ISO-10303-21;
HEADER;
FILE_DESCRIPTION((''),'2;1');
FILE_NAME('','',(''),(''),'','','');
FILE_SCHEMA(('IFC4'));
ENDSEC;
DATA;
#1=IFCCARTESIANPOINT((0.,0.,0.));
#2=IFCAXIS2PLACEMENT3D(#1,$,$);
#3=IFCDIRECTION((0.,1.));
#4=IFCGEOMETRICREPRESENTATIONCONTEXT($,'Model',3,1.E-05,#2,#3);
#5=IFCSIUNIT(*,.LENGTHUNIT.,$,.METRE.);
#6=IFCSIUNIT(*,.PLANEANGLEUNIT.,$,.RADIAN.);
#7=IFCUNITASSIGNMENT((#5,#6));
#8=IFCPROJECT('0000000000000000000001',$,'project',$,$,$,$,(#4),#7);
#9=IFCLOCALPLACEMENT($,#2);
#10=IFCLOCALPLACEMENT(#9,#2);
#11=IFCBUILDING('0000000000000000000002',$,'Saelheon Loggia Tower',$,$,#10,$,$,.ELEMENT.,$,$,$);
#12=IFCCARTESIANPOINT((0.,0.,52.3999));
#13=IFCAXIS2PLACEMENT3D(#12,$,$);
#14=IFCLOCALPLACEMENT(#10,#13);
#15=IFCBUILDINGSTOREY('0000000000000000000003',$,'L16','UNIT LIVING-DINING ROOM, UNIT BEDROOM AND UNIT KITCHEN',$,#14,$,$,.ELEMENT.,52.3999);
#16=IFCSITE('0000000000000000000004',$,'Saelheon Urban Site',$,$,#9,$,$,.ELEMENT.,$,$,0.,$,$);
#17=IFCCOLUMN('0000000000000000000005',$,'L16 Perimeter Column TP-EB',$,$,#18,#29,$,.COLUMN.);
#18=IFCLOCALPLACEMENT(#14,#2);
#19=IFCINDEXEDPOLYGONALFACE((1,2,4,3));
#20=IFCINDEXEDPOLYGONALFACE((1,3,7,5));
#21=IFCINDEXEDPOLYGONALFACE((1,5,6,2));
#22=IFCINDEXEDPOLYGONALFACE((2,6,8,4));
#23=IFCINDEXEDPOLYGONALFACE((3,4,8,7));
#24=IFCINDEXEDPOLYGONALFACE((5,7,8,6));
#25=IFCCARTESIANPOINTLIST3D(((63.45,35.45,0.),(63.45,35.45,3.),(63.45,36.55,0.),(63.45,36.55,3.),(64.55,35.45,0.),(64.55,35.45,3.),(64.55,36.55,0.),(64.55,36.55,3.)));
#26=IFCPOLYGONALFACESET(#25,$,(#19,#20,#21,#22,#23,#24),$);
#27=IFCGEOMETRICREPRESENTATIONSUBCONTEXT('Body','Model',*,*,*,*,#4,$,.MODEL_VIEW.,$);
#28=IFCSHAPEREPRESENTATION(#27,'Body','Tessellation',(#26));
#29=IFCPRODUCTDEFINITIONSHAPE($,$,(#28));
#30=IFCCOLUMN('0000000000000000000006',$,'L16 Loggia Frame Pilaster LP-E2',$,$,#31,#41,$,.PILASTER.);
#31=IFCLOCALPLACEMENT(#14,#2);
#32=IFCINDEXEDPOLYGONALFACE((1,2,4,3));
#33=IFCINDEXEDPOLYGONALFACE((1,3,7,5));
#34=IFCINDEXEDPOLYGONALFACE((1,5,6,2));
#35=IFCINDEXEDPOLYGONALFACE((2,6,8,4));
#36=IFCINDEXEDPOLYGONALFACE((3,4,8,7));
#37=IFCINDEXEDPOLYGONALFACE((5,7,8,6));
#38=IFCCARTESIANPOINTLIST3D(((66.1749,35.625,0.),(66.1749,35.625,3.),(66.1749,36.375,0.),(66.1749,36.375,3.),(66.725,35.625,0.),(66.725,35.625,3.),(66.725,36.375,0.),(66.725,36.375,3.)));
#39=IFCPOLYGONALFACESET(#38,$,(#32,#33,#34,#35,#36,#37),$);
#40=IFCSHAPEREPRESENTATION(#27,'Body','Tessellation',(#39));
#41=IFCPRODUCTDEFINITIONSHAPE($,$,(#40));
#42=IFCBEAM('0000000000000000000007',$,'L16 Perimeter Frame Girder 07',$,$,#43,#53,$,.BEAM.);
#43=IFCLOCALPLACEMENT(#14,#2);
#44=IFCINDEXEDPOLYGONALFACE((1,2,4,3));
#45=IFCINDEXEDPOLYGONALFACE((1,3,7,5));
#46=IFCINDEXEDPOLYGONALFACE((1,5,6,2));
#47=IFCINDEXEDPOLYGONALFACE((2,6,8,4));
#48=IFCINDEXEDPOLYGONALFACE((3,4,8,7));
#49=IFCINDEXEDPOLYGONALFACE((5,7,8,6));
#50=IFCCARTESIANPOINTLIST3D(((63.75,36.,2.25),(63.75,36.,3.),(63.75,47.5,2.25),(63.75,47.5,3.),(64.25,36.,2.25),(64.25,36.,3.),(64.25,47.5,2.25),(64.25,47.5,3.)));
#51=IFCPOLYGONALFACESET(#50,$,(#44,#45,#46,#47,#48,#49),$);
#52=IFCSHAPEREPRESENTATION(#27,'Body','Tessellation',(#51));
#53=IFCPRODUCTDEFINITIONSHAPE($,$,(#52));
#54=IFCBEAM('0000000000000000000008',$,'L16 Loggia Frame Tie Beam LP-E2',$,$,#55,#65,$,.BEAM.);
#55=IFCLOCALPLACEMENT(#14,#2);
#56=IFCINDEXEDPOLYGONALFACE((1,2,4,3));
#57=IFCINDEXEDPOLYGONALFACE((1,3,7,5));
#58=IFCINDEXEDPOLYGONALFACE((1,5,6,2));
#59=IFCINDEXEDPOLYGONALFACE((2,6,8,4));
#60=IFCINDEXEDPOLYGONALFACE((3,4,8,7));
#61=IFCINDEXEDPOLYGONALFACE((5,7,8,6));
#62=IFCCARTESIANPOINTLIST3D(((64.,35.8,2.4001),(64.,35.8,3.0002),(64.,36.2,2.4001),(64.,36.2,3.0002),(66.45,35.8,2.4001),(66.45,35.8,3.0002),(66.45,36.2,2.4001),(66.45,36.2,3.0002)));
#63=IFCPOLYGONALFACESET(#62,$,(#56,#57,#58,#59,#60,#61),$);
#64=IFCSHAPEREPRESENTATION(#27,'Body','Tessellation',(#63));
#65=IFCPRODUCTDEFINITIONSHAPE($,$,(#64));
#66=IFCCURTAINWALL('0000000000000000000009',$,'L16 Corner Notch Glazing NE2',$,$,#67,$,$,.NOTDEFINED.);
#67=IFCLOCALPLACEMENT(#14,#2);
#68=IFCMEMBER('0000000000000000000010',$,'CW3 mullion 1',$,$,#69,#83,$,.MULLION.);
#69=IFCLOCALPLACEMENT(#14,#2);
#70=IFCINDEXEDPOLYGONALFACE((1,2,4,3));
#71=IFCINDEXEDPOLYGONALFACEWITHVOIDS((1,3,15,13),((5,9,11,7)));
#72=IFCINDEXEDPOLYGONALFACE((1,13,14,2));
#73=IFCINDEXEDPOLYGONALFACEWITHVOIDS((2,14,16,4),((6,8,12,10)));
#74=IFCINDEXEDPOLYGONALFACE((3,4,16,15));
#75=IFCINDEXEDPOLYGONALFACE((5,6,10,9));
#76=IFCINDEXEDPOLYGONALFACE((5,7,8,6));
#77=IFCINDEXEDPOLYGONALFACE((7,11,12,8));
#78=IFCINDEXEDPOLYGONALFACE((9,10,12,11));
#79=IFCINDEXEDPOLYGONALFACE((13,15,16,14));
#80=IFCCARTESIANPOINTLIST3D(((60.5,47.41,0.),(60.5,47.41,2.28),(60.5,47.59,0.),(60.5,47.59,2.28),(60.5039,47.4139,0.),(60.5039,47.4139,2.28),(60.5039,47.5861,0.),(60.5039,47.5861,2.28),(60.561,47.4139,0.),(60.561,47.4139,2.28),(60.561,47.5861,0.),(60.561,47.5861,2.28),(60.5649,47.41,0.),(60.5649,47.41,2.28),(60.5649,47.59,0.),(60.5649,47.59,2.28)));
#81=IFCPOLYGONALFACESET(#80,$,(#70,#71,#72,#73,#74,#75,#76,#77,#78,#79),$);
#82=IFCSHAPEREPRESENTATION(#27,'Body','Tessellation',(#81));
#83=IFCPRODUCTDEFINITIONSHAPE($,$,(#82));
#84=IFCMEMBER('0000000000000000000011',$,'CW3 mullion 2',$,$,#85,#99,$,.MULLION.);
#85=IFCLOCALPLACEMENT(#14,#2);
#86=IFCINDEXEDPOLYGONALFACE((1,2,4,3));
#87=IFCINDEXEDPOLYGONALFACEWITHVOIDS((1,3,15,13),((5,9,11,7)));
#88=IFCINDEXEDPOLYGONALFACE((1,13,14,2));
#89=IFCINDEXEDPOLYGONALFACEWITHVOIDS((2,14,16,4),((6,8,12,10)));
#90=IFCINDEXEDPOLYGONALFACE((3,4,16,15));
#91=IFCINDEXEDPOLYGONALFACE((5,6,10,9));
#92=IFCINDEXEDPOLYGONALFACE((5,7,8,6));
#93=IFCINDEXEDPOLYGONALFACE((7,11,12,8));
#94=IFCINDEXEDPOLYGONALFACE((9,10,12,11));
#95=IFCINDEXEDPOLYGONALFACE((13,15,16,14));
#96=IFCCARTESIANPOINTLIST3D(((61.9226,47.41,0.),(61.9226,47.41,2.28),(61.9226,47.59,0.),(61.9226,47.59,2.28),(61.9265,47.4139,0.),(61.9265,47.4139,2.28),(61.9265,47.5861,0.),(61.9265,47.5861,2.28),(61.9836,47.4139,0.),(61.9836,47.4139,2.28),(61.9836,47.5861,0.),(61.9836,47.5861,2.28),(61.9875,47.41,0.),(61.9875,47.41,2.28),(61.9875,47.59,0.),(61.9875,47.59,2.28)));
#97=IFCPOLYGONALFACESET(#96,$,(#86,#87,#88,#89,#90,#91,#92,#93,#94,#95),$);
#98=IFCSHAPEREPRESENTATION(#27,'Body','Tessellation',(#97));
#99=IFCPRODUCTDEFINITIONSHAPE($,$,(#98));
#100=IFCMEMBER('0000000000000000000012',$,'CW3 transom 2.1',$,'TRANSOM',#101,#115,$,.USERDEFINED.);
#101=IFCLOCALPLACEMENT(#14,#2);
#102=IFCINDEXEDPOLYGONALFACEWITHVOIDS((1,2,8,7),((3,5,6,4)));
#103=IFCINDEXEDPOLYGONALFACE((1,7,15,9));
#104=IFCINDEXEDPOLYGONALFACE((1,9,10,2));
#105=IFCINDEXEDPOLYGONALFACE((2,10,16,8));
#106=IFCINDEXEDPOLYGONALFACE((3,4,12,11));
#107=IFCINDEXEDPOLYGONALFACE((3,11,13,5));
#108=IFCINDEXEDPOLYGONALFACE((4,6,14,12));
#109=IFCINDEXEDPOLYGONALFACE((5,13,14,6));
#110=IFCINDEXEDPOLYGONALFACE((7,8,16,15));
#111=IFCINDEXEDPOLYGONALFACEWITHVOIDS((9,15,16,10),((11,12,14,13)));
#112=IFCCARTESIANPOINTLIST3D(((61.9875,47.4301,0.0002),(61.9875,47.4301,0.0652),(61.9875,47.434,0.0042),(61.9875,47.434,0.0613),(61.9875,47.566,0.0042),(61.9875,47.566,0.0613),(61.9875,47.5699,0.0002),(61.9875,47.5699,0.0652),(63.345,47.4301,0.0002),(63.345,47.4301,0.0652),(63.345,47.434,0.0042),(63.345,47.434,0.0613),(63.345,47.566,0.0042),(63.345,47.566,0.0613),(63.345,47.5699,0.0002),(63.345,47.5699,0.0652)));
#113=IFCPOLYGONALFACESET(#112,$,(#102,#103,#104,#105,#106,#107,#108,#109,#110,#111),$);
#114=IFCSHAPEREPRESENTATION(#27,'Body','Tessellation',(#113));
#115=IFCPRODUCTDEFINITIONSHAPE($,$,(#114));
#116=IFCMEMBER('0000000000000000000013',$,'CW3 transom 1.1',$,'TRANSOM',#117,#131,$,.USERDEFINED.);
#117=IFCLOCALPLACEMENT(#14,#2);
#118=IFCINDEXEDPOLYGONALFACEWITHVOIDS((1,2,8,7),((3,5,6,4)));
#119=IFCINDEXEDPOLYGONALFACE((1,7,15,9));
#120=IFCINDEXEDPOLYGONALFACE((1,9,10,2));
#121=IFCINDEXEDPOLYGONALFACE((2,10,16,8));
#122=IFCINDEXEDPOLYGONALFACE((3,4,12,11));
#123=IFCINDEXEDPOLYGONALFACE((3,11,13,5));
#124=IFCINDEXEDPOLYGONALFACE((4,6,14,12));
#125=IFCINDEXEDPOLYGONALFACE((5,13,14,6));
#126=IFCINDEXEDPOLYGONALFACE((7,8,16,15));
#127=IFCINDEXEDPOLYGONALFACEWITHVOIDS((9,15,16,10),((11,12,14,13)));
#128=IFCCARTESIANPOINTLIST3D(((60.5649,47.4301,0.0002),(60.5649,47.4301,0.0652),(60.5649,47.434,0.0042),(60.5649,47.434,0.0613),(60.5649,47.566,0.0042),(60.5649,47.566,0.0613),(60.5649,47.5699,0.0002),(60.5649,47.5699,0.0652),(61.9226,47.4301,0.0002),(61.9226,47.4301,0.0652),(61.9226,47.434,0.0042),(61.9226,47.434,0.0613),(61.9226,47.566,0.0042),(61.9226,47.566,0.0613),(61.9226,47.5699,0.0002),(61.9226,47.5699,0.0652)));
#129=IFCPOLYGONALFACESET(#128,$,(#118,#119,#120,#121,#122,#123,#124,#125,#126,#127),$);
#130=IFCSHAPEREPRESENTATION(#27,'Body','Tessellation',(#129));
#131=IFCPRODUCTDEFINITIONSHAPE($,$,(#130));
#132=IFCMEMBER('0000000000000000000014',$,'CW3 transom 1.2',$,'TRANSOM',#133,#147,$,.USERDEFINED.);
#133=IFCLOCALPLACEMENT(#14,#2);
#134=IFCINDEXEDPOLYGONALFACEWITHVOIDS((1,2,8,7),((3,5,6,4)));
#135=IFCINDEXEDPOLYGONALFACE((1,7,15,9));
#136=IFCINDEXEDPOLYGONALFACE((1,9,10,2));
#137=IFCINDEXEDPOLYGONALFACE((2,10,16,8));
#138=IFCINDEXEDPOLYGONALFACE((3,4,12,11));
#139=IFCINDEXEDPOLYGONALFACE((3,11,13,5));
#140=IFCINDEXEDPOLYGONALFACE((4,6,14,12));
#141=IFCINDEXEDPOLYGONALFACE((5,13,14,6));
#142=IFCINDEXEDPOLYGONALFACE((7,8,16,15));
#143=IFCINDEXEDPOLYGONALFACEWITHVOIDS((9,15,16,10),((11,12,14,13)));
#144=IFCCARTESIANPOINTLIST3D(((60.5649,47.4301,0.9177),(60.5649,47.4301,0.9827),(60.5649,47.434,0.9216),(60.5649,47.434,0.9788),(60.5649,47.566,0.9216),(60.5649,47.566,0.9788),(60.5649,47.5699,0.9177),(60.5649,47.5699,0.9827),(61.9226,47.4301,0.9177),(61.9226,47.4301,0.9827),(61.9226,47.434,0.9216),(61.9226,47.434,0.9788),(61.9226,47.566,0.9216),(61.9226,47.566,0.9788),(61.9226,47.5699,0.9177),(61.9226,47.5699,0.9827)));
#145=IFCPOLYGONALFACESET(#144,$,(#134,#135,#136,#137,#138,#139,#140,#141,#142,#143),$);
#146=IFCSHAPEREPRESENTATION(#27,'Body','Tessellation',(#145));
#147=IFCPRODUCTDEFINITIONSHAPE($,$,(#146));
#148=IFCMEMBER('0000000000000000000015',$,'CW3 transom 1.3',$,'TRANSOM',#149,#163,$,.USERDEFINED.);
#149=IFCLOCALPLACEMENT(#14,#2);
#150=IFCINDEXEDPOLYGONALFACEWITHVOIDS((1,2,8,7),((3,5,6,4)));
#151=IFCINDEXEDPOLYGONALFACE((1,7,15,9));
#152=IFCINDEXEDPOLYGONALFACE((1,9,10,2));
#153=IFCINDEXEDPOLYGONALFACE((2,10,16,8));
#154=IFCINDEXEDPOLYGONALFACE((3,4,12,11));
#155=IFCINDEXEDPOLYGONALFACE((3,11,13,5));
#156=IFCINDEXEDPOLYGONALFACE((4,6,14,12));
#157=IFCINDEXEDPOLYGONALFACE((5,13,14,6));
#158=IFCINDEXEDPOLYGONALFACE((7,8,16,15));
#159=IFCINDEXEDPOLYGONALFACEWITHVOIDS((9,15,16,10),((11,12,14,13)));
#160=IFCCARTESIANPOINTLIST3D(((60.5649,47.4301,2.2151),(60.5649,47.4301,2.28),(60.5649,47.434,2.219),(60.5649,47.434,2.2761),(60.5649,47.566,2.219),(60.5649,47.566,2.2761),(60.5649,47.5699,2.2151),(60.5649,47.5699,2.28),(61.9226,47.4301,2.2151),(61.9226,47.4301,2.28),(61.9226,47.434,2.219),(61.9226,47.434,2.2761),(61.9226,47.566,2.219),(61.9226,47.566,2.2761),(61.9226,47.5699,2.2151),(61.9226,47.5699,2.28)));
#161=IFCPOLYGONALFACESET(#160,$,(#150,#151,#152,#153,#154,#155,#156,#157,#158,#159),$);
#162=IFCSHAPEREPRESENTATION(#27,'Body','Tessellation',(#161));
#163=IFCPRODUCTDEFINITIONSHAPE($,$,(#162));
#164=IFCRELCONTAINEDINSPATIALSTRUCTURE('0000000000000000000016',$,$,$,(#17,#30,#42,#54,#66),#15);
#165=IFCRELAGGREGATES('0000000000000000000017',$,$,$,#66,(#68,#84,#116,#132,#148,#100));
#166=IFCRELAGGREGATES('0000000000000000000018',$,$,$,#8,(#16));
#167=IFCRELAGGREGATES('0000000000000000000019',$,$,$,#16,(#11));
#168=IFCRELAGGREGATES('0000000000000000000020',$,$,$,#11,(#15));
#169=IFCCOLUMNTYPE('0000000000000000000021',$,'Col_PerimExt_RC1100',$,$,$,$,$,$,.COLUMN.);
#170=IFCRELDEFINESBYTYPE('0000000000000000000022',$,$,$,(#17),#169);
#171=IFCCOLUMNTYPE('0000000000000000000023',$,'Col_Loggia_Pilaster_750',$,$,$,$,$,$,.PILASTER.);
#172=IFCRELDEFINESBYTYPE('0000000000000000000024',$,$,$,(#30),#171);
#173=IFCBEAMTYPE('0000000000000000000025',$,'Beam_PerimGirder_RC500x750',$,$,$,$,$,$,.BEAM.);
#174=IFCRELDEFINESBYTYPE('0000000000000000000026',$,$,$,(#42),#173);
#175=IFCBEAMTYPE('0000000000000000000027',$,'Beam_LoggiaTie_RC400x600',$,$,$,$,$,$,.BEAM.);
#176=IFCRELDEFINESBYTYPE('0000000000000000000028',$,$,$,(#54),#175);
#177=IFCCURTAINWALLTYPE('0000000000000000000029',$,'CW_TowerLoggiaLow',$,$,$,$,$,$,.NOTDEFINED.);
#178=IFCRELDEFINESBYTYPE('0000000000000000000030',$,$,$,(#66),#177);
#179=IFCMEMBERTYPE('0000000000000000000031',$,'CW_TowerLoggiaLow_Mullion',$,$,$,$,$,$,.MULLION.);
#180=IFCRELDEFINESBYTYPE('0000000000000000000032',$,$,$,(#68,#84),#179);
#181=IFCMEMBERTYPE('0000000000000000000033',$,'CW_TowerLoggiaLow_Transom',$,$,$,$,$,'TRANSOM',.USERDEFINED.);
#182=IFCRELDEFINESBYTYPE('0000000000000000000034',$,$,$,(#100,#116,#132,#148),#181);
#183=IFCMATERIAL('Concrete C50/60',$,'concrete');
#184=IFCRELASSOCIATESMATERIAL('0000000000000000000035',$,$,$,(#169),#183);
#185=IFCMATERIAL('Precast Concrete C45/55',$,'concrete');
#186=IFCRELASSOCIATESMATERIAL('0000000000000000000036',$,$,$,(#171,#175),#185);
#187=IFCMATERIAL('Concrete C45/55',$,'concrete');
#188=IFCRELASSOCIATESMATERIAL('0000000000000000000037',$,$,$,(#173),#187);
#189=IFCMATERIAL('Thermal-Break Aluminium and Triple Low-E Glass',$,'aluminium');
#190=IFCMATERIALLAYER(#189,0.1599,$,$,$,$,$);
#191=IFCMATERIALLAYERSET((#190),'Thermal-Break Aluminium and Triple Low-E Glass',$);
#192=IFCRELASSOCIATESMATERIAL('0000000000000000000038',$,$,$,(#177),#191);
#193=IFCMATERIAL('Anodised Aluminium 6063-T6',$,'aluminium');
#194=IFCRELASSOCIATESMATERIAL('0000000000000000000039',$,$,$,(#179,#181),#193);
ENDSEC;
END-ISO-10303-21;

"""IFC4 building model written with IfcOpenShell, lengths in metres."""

from ifc_helpers import new_model, si_unit, direction, frame, origin, origin_2d, place, context, subcontext, project, spatial, rectangle, hollow_rectangle, extrude, source, transform, mapped, material, layer, layer_set, material_profile, profile_set, type_object, element, aggregate, save


model = new_model("IFC4")

# Units and contexts
model_context = context("Model", 3, precision=1e-05, world=origin(), true_north=direction((0.0, 1.0)))
body_context = subcontext(model_context, "Body", "Model", "MODEL_VIEW")
ifc_project = project(units=[si_unit("LENGTHUNIT", "METRE"), si_unit("PLANEANGLEUNIT", "RADIAN")], contexts=[model_context])

# Site, building, storey
site_placement = place(None, origin())
site = spatial("IfcSite", under=ifc_project, at=site_placement, Name="Saelheon Urban Site", CompositionType="ELEMENT", RefElevation=0.0)
building_placement = place(site_placement, origin())
building = spatial("IfcBuilding", under=site, at=building_placement, Name="Saelheon Loggia Tower", CompositionType="ELEMENT")
storey_placement = place(building_placement, frame((0.0, 0.0, 52.3999)))
storey = spatial("IfcBuildingStorey", under=building, at=storey_placement, Name="L16", Description="UNIT LIVING-DINING ROOM, UNIT BEDROOM AND UNIT KITCHEN", CompositionType="ELEMENT", Elevation=52.3999)

# Columns
ifc_material_1 = material(Name="Concrete C50/60", Category="concrete")
ifc_material_profile_1 = material_profile(ifc_material_1, rectangle(XDim=1.1001, YDim=1.1001, at=origin_2d()), Name="RC-1100x1100")
ifc_profile_set_1 = profile_set([ifc_material_profile_1], Name="Concrete C50/60")
column_type_1 = type_object("IfcColumnType", Name="Col_PerimExt_RC1100", PredefinedType="COLUMN", material=ifc_profile_set_1)
shared_shape_1 = source(origin(), body_context, "Body", "SweptSolid", [
    extrude(rectangle(XDim=1.1001, YDim=1.1001, at=origin_2d()), origin(), (0.0, 0.0, 1.0), 3.0),
])
column_1_placement = place(storey_placement, frame((64.0, 36.0, 0.0), z_axis=(0.0, 0.0, 1.0), x_axis=(1.0, 0.0, 0.0)))
element("IfcColumn", 1, at=column_1_placement, inside=storey, type_object=column_type_1, Name="L16 Perimeter Column TP-EB", PredefinedType="COLUMN", context=body_context, shape_type="MappedRepresentation", body=[
    mapped(shared_shape_1, transform((0.0, 0.0, 0.0), scale=1.0)),
])
ifc_material_2 = material(Name="Precast Concrete C45/55", Category="concrete")
ifc_material_profile_2 = material_profile(ifc_material_2, rectangle(XDim=0.55, YDim=0.75, at=origin_2d()), Name="RC-550x750")
ifc_profile_set_2 = profile_set([ifc_material_profile_2], Name="Precast Concrete C45/55")
column_type_2 = type_object("IfcColumnType", Name="Col_Loggia_Pilaster_750", PredefinedType="PILASTER", material=ifc_profile_set_2)
shared_shape_2 = source(origin(), body_context, "Body", "SweptSolid", [
    extrude(rectangle(XDim=0.55, YDim=0.75, at=origin_2d()), origin(), (0.0, 0.0, 1.0), 3.0),
])
column_2_placement = place(storey_placement, frame((66.45, 36.0, 0.0), z_axis=(0.0, 0.0, 1.0), x_axis=(1.0, 0.0, 0.0)))
element("IfcColumn", 2, at=column_2_placement, inside=storey, type_object=column_type_2, Name="L16 Loggia Frame Pilaster LP-E2", PredefinedType="PILASTER", context=body_context, shape_type="MappedRepresentation", body=[
    mapped(shared_shape_2, transform((0.0, 0.0, 0.0), scale=1.0)),
])

# Beams
ifc_material_3 = material(Name="Concrete C45/55", Category="concrete")
ifc_material_profile_3 = material_profile(ifc_material_3, rectangle(XDim=0.5, YDim=0.75, at=origin_2d()), Name="RC-500x750")
ifc_profile_set_3 = profile_set([ifc_material_profile_3], Name="Concrete C45/55")
beam_type_1 = type_object("IfcBeamType", Name="Beam_PerimGirder_RC500x750", PredefinedType="BEAM", material=ifc_profile_set_3)
shared_shape_3 = source(origin(), body_context, "Body", "SweptSolid", [
    extrude(rectangle(XDim=0.5, YDim=0.75, at=origin_2d()), origin(), (0.0, 0.0, 1.0), 11.5),
])
beam_1_placement = place(storey_placement, frame((64.0, 36.0, 2.625), z_axis=(0.0, 1.0, 0.0), x_axis=(-1.0, 0.0, 0.0)))
element("IfcBeam", 3, at=beam_1_placement, inside=storey, type_object=beam_type_1, Name="L16 Perimeter Frame Girder 07", PredefinedType="BEAM", context=body_context, shape_type="MappedRepresentation", body=[
    mapped(shared_shape_3, transform((0.0, 0.0, 0.0), scale=1.0)),
])
ifc_material_profile_4 = material_profile(ifc_material_2, rectangle(XDim=0.3999, YDim=0.6001, at=origin_2d()), Name="RC-400x600")
ifc_profile_set_4 = profile_set([ifc_material_profile_4], Name="Precast Concrete C45/55")
beam_type_2 = type_object("IfcBeamType", Name="Beam_LoggiaTie_RC400x600", PredefinedType="BEAM", material=ifc_profile_set_4)
shared_shape_4 = source(origin(), body_context, "Body", "SweptSolid", [
    extrude(rectangle(XDim=0.3999, YDim=0.6001, at=origin_2d()), origin(), (0.0, 0.0, 1.0), 2.45),
])
beam_2_placement = place(storey_placement, frame((64.0, 36.0, 2.7002), z_axis=(1.0, 0.0, 0.0), x_axis=(0.0, 1.0, 0.0)))
element("IfcBeam", 4, at=beam_2_placement, inside=storey, type_object=beam_type_2, Name="L16 Loggia Frame Tie Beam LP-E2", PredefinedType="BEAM", context=body_context, shape_type="MappedRepresentation", body=[
    mapped(shared_shape_4, transform((0.0, 0.0, 0.0), scale=1.0)),
])

# Curtain wall, members
ifc_material_4 = material(Name="Thermal-Break Aluminium and Triple Low-E Glass", Category="aluminium")
ifc_layer_1 = layer(ifc_material_4, 0.1599)
ifc_layer_set_1 = layer_set([ifc_layer_1], Name="Thermal-Break Aluminium and Triple Low-E Glass")
curtain_wall_type = type_object("IfcCurtainWallType", Name="CW_TowerLoggiaLow", PredefinedType="NOTDEFINED", material=ifc_layer_set_1)
curtain_wall_placement = place(storey_placement, origin())
curtain_wall = element("IfcCurtainWall", 5, at=curtain_wall_placement, inside=storey, type_object=curtain_wall_type, Name="L16 Corner Notch Glazing NE2", PredefinedType="NOTDEFINED")
ifc_material_5 = material(Name="Anodised Aluminium 6063-T6", Category="aluminium")
ifc_material_profile_5 = material_profile(ifc_material_5, hollow_rectangle(XDim=0.0649, YDim=0.1799, WallThickness=0.0039, at=origin_2d()), Name="RHS-180x65x4")
ifc_profile_set_5 = profile_set([ifc_material_profile_5], Name="Anodised Aluminium 6063-T6")
member_type_1 = type_object("IfcMemberType", Name="CW_TowerLoggiaLow_Mullion", PredefinedType="MULLION", material=ifc_profile_set_5)
shared_shape_5 = source(origin(), body_context, "Body", "SweptSolid", [
    extrude(hollow_rectangle(XDim=0.0649, YDim=0.1799, WallThickness=0.0039, at=origin_2d()), origin(), (0.0, 0.0, 1.0), 2.28),
])
member_1_placement = place(storey_placement, frame((60.5325, 47.5, 0.0), z_axis=(0.0, 0.0, 1.0), x_axis=(1.0, 0.0, 0.0)))
member_1 = element("IfcMember", 6, at=member_1_placement, type_object=member_type_1, Name="CW3 mullion 1", PredefinedType="MULLION", context=body_context, shape_type="MappedRepresentation", body=[
    mapped(shared_shape_5, transform((0.0, 0.0, 0.0), scale=1.0)),
])
member_2_placement = place(storey_placement, frame((61.9551, 47.5, 0.0), z_axis=(0.0, 0.0, 1.0), x_axis=(1.0, 0.0, 0.0)))
member_2 = element("IfcMember", 7, at=member_2_placement, type_object=member_type_1, Name="CW3 mullion 2", PredefinedType="MULLION", context=body_context, shape_type="MappedRepresentation", body=[
    mapped(shared_shape_5, transform((0.0, 0.0, 0.0), scale=1.0)),
])
ifc_material_profile_6 = material_profile(ifc_material_5, hollow_rectangle(XDim=0.0649, YDim=0.1399, WallThickness=0.0039, at=origin_2d()), Name="RHS-140x65x4")
ifc_profile_set_6 = profile_set([ifc_material_profile_6], Name="Anodised Aluminium 6063-T6")
member_type_2 = type_object("IfcMemberType", Name="CW_TowerLoggiaLow_Transom", ElementType="TRANSOM", PredefinedType="USERDEFINED", material=ifc_profile_set_6)
shared_shape_6 = source(origin(), body_context, "Body", "SweptSolid", [
    extrude(hollow_rectangle(XDim=0.0649, YDim=0.1399, WallThickness=0.0039, at=origin_2d()), origin(), (0.0, 0.0, 1.0), 1.3574),
])
member_3_placement = place(storey_placement, frame((61.9875, 47.5, 0.0327), z_axis=(1.0, 0.0, 0.0), x_axis=(0.0, 0.0, 1.0)))
member_3 = element("IfcMember", 8, at=member_3_placement, type_object=member_type_2, Name="CW3 transom 2.1", ObjectType="TRANSOM", PredefinedType="USERDEFINED", context=body_context, shape_type="MappedRepresentation", body=[
    mapped(shared_shape_6, transform((0.0, 0.0, 0.0), scale=1.0)),
])
shared_shape_7 = source(origin(), body_context, "Body", "SweptSolid", [
    extrude(hollow_rectangle(XDim=0.0649, YDim=0.1399, WallThickness=0.0039, at=origin_2d()), origin(), (0.0, 0.0, 1.0), 1.3577),
])
member_4_placement = place(storey_placement, frame((60.5649, 47.5, 0.0327), z_axis=(1.0, 0.0, 0.0), x_axis=(0.0, 0.0, 1.0)))
member_4 = element("IfcMember", 9, at=member_4_placement, type_object=member_type_2, Name="CW3 transom 1.1", ObjectType="TRANSOM", PredefinedType="USERDEFINED", context=body_context, shape_type="MappedRepresentation", body=[
    mapped(shared_shape_7, transform((0.0, 0.0, 0.0), scale=1.0)),
])
member_5_placement = place(storey_placement, frame((60.5649, 47.5, 0.9502), z_axis=(1.0, 0.0, 0.0), x_axis=(0.0, 0.0, 1.0)))
member_5 = element("IfcMember", 10, at=member_5_placement, type_object=member_type_2, Name="CW3 transom 1.2", ObjectType="TRANSOM", PredefinedType="USERDEFINED", context=body_context, shape_type="MappedRepresentation", body=[
    mapped(shared_shape_7, transform((0.0, 0.0, 0.0), scale=1.0)),
])
member_6_placement = place(storey_placement, frame((60.5649, 47.5, 2.2476), z_axis=(1.0, 0.0, 0.0), x_axis=(0.0, 0.0, 1.0)))
member_6 = element("IfcMember", 11, at=member_6_placement, type_object=member_type_2, Name="CW3 transom 1.3", ObjectType="TRANSOM", PredefinedType="USERDEFINED", context=body_context, shape_type="MappedRepresentation", body=[
    mapped(shared_shape_7, transform((0.0, 0.0, 0.0), scale=1.0)),
])
aggregate(curtain_wall, [member_1, member_2, member_4, member_5, member_6, member_3])

save(model, "model.ifc")
